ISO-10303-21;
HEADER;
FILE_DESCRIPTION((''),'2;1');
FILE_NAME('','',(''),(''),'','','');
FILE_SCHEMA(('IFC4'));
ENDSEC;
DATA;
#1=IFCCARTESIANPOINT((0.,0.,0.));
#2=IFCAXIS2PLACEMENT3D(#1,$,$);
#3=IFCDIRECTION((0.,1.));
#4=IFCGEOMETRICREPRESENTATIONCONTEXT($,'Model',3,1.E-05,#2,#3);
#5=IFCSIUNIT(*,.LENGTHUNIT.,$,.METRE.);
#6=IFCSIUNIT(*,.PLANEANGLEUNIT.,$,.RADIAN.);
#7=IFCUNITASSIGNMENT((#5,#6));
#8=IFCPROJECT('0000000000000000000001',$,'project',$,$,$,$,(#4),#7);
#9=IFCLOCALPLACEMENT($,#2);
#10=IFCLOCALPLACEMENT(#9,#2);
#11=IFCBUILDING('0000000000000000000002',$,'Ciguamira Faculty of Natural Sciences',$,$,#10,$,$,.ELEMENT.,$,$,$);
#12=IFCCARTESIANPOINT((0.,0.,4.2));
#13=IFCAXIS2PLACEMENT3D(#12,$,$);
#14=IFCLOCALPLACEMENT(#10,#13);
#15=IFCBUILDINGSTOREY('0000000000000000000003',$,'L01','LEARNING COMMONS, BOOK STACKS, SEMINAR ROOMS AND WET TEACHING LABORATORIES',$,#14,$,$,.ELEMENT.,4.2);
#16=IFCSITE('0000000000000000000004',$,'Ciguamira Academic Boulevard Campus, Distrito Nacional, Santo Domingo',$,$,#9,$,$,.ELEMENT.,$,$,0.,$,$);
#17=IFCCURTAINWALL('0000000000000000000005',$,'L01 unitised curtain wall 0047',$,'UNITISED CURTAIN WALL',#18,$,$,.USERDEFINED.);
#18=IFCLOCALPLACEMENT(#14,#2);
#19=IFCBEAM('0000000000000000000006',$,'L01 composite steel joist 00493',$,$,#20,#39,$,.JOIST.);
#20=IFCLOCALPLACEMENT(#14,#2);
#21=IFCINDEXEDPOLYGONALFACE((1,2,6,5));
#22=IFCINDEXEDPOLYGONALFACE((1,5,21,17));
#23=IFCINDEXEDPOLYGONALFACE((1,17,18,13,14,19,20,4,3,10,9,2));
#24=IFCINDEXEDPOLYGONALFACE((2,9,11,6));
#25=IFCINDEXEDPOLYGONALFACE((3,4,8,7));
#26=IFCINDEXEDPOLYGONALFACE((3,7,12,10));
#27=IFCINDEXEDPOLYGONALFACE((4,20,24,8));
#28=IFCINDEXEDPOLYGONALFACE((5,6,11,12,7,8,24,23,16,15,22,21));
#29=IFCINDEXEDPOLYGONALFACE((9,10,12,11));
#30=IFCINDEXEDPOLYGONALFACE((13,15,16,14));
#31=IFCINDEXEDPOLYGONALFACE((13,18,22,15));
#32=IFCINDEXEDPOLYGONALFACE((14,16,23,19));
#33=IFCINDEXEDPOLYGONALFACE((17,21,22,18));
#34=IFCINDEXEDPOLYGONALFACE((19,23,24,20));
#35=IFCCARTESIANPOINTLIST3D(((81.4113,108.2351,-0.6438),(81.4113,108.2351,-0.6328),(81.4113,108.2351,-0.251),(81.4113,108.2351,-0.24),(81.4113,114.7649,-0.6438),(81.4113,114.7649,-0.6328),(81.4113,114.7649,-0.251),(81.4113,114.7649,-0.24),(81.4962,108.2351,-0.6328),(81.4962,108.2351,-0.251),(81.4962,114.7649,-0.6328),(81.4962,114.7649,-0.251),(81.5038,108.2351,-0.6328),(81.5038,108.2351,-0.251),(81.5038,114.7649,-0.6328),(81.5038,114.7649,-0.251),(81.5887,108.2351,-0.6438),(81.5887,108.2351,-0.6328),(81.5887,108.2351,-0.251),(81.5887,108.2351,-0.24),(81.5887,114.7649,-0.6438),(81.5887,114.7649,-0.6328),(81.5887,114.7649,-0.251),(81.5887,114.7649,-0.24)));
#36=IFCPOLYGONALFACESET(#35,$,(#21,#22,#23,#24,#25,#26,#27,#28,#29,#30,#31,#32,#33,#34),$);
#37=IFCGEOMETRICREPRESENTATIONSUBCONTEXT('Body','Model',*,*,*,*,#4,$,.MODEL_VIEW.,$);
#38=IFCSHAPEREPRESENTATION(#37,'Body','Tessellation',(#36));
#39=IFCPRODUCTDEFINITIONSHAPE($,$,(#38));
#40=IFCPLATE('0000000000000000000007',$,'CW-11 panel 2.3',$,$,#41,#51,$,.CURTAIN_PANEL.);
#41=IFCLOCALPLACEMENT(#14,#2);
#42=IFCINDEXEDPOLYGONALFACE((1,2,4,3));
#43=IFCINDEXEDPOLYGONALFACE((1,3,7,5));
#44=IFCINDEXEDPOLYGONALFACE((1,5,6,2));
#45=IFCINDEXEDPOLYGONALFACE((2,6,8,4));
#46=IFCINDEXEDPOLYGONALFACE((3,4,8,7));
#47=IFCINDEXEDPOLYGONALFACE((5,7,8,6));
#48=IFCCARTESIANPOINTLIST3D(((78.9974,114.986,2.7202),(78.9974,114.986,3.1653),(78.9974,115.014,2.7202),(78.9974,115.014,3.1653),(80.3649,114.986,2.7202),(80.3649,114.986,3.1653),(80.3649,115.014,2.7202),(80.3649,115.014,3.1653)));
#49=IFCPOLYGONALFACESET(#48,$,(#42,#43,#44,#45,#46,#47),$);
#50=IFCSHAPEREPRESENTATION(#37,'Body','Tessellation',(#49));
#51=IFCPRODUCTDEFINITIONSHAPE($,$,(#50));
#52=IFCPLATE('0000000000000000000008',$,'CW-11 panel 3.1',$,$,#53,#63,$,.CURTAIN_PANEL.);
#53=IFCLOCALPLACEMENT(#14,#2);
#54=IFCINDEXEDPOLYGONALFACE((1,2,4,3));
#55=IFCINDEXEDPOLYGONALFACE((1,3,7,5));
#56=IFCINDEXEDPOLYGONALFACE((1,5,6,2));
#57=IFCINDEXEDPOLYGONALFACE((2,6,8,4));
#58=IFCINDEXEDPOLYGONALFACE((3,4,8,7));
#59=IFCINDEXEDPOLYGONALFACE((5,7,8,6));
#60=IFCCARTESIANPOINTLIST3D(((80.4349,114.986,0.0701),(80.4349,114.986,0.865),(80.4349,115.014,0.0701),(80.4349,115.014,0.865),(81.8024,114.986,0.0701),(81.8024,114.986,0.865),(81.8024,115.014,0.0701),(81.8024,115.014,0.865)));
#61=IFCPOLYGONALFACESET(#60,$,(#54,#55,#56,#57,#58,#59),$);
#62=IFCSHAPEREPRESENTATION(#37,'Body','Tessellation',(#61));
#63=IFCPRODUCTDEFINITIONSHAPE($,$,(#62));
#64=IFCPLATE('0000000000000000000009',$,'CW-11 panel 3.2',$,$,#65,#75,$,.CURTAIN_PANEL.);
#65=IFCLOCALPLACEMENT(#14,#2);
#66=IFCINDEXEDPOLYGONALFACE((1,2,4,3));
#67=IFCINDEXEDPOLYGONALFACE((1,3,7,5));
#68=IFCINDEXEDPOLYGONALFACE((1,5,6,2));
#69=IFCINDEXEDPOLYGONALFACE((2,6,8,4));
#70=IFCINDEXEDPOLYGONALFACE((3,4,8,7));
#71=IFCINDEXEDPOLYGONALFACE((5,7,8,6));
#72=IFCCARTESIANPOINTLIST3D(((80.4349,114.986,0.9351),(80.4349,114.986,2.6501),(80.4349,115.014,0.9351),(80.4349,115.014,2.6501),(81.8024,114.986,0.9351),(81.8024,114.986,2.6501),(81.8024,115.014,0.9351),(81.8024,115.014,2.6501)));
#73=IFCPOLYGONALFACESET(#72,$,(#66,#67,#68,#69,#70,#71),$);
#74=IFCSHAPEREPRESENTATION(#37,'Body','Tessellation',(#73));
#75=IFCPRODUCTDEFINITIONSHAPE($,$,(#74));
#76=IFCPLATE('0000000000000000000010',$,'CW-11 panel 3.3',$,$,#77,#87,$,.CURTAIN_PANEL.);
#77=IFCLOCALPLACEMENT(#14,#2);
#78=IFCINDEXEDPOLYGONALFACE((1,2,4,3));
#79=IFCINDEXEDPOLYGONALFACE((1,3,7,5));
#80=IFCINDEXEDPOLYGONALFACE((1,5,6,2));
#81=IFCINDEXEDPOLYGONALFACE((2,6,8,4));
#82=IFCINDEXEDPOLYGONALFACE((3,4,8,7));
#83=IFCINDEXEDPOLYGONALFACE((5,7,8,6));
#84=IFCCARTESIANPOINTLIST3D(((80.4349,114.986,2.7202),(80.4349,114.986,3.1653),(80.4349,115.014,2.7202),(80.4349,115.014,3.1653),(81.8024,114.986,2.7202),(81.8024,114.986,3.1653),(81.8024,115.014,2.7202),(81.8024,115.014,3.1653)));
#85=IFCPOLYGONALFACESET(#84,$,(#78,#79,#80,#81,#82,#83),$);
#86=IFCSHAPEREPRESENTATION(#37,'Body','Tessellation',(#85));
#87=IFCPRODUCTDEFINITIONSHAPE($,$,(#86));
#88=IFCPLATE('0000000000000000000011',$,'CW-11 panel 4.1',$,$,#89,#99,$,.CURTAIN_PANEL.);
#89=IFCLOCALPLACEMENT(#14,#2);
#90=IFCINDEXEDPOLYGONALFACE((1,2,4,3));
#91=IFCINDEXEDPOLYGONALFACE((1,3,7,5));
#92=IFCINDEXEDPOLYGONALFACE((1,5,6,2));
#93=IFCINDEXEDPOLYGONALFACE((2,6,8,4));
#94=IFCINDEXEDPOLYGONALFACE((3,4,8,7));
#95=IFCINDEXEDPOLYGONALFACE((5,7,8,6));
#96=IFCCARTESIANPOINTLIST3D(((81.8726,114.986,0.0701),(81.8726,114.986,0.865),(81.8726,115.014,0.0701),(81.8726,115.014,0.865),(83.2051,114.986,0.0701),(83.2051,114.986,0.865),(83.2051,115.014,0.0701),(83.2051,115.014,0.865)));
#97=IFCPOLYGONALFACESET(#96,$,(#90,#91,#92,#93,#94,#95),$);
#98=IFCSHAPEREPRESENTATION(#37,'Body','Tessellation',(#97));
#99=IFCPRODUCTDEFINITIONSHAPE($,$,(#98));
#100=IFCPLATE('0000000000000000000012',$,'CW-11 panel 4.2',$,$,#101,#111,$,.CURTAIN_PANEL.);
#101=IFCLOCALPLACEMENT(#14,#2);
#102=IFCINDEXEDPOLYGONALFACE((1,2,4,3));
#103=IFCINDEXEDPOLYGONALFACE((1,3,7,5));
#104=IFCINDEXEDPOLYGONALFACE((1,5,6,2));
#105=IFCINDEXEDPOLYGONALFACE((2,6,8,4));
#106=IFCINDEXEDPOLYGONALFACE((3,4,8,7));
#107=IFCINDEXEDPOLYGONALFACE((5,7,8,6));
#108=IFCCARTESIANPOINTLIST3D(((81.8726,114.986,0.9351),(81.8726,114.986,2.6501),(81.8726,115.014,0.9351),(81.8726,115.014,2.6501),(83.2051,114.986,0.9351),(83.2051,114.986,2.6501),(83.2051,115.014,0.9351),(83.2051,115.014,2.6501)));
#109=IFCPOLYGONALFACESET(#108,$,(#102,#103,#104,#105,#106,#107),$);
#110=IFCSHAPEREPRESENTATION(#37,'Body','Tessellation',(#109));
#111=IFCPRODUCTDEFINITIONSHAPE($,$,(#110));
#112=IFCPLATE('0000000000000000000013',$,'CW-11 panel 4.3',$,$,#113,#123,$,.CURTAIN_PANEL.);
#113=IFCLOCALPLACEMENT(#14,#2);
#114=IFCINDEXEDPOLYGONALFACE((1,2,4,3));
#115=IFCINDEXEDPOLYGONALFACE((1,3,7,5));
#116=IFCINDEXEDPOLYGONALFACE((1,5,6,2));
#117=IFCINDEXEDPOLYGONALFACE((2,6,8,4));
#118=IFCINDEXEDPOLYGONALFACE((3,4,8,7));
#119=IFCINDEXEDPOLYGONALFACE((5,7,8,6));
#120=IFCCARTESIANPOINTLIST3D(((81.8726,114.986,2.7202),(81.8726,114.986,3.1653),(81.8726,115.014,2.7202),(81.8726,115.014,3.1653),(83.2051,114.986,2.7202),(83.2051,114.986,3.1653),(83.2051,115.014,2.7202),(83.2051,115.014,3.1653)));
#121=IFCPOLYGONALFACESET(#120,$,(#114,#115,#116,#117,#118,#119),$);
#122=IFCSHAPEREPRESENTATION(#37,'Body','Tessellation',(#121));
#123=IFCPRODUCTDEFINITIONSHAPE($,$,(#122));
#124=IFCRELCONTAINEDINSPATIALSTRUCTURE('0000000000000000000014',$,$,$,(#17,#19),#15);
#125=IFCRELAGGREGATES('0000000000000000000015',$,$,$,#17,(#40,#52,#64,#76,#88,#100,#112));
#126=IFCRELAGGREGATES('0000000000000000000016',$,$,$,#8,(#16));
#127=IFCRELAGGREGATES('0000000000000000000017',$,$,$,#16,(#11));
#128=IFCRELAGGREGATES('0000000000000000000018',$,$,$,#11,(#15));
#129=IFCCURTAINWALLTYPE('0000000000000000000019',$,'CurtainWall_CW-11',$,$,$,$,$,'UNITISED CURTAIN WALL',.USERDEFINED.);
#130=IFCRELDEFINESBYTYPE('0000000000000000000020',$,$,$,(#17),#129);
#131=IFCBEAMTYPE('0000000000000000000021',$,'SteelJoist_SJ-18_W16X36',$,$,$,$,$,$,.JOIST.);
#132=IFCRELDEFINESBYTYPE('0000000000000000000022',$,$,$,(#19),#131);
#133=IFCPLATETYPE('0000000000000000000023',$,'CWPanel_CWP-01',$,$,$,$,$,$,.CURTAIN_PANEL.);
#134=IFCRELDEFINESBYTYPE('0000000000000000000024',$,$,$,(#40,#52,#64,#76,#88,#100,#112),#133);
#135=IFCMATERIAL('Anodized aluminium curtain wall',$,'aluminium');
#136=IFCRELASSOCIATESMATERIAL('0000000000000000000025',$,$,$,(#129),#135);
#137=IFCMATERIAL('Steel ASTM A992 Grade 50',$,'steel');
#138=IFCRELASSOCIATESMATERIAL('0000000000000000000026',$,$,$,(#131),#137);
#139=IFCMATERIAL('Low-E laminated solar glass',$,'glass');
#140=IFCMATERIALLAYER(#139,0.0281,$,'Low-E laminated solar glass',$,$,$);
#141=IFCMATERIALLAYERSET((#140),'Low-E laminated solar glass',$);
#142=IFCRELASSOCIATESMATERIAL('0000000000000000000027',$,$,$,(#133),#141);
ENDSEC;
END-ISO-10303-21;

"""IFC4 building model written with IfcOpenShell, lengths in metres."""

from ifc_helpers import new_model, si_unit, direction, frame, origin, origin_2d, place, context, subcontext, project, spatial, rectangle, i_section, extrude, material, layer, layer_set, material_profile, profile_set, type_object, element, aggregate, save


model = new_model("IFC4")

# Units and contexts
model_context = context("Model", 3, precision=1e-05, world=origin(), true_north=direction((0.0, 1.0)))
body_context = subcontext(model_context, "Body", "Model", "MODEL_VIEW")
ifc_project = project(units=[si_unit("LENGTHUNIT", "METRE"), si_unit("PLANEANGLEUNIT", "RADIAN")], contexts=[model_context])

# Site, building, storey
site_placement = place(None, origin())
site = spatial("IfcSite", under=ifc_project, at=site_placement, Name="Ciguamira Academic Boulevard Campus, Distrito Nacional, Santo Domingo", CompositionType="ELEMENT", RefElevation=0.0)
building_placement = place(site_placement, origin())
building = spatial("IfcBuilding", under=site, at=building_placement, Name="Ciguamira Faculty of Natural Sciences", CompositionType="ELEMENT")
storey_placement = place(building_placement, frame((0.0, 0.0, 4.2)))
storey = spatial("IfcBuildingStorey", under=building, at=storey_placement, Name="L01", Description="LEARNING COMMONS, BOOK STACKS, SEMINAR ROOMS AND WET TEACHING LABORATORIES", CompositionType="ELEMENT", Elevation=4.2)

# Curtain wall
ifc_material_1 = material(Name="Anodized aluminium curtain wall", Category="aluminium")
curtain_wall_type = type_object("IfcCurtainWallType", Name="CurtainWall_CW-11", ElementType="UNITISED CURTAIN WALL", PredefinedType="USERDEFINED", material=ifc_material_1)
curtain_wall_placement = place(storey_placement, origin())
curtain_wall = element("IfcCurtainWall", 1, at=curtain_wall_placement, inside=storey, type_object=curtain_wall_type, Name="L01 unitised curtain wall 0047", ObjectType="UNITISED CURTAIN WALL", PredefinedType="USERDEFINED")

# Beam
ifc_material_2 = material(Name="Steel ASTM A992 Grade 50", Category="steel")
ifc_material_profile_1 = material_profile(ifc_material_2, i_section(OverallWidth=0.1775, OverallDepth=0.4038, WebThickness=0.0076, FlangeThickness=0.011, at=origin_2d()), Name="W16X36")
ifc_profile_set_1 = profile_set([ifc_material_profile_1], Name="Steel ASTM A992 Grade 50")
beam_type_1 = type_object("IfcBeamType", Name="SteelJoist_SJ-18_W16X36", PredefinedType="JOIST", material=ifc_profile_set_1)
beam_1_placement = place(storey_placement, frame((81.5, 108.2351, -0.4419), z_axis=(0.0, 1.0, 0.0), x_axis=(-1.0, 0.0, 0.0)))
element("IfcBeam", 2, at=beam_1_placement, inside=storey, type_object=beam_type_1, Name="L01 composite steel joist 00493", PredefinedType="JOIST", context=body_context, shape_type="SweptSolid", body=[
    extrude(i_section(OverallWidth=0.1775, OverallDepth=0.4038, WebThickness=0.0076, FlangeThickness=0.011, at=origin_2d()), origin(), (0.0, 0.0, 1.0), 6.5298),
])

# Plates
ifc_material_3 = material(Name="Low-E laminated solar glass", Category="glass")
ifc_layer = layer(ifc_material_3, 0.0281, Name="Low-E laminated solar glass")
ifc_layer_set = layer_set([ifc_layer], Name="Low-E laminated solar glass")
plate_type = type_object("IfcPlateType", Name="CWPanel_CWP-01", PredefinedType="CURTAIN_PANEL", material=ifc_layer_set)
plate_1_placement = place(storey_placement, frame((79.6812, 115.0, 2.7202), z_axis=(0.0, 0.0, 1.0), x_axis=(1.0, 0.0, 0.0)))
plate_1 = element("IfcPlate", 3, at=plate_1_placement, type_object=plate_type, Name="CW-11 panel 2.3", PredefinedType="CURTAIN_PANEL", context=body_context, shape_type="SweptSolid", body=[
    extrude(rectangle(XDim=1.3674, YDim=0.0281, at=origin_2d()), origin(), (0.0, 0.0, 1.0), 0.4451),
])
plate_2_placement = place(storey_placement, frame((81.1187, 115.0, 0.0701), z_axis=(0.0, 0.0, 1.0), x_axis=(1.0, 0.0, 0.0)))
plate_2 = element("IfcPlate", 4, at=plate_2_placement, type_object=plate_type, Name="CW-11 panel 3.1", PredefinedType="CURTAIN_PANEL", context=body_context, shape_type="SweptSolid", body=[
    extrude(rectangle(XDim=1.3674, YDim=0.0281, at=origin_2d()), origin(), (0.0, 0.0, 1.0), 0.7949),
])
plate_3_placement = place(storey_placement, frame((81.1187, 115.0, 0.9351), z_axis=(0.0, 0.0, 1.0), x_axis=(1.0, 0.0, 0.0)))
plate_3 = element("IfcPlate", 5, at=plate_3_placement, type_object=plate_type, Name="CW-11 panel 3.2", PredefinedType="CURTAIN_PANEL", context=body_context, shape_type="SweptSolid", body=[
    extrude(rectangle(XDim=1.3674, YDim=0.0281, at=origin_2d()), origin(), (0.0, 0.0, 1.0), 1.7151),
])
plate_4_placement = place(storey_placement, frame((81.1187, 115.0, 2.7202), z_axis=(0.0, 0.0, 1.0), x_axis=(1.0, 0.0, 0.0)))
plate_4 = element("IfcPlate", 6, at=plate_4_placement, type_object=plate_type, Name="CW-11 panel 3.3", PredefinedType="CURTAIN_PANEL", context=body_context, shape_type="SweptSolid", body=[
    extrude(rectangle(XDim=1.3674, YDim=0.0281, at=origin_2d()), origin(), (0.0, 0.0, 1.0), 0.4451),
])
plate_5_placement = place(storey_placement, frame((82.5388, 115.0, 0.0701), z_axis=(0.0, 0.0, 1.0), x_axis=(1.0, 0.0, 0.0)))
plate_5 = element("IfcPlate", 7, at=plate_5_placement, type_object=plate_type, Name="CW-11 panel 4.1", PredefinedType="CURTAIN_PANEL", context=body_context, shape_type="SweptSolid", body=[
    extrude(rectangle(XDim=1.3325, YDim=0.0281, at=origin_2d()), origin(), (0.0, 0.0, 1.0), 0.7949),
])
plate_6_placement = place(storey_placement, frame((82.5388, 115.0, 0.9351), z_axis=(0.0, 0.0, 1.0), x_axis=(1.0, 0.0, 0.0)))
plate_6 = element("IfcPlate", 8, at=plate_6_placement, type_object=plate_type, Name="CW-11 panel 4.2", PredefinedType="CURTAIN_PANEL", context=body_context, shape_type="SweptSolid", body=[
    extrude(rectangle(XDim=1.3325, YDim=0.0281, at=origin_2d()), origin(), (0.0, 0.0, 1.0), 1.7151),
])
plate_7_placement = place(storey_placement, frame((82.5388, 115.0, 2.7202), z_axis=(0.0, 0.0, 1.0), x_axis=(1.0, 0.0, 0.0)))
plate_7 = element("IfcPlate", 9, at=plate_7_placement, type_object=plate_type, Name="CW-11 panel 4.3", PredefinedType="CURTAIN_PANEL", context=body_context, shape_type="SweptSolid", body=[
    extrude(rectangle(XDim=1.3325, YDim=0.0281, at=origin_2d()), origin(), (0.0, 0.0, 1.0), 0.4451),
])
aggregate(curtain_wall, [plate_1, plate_2, plate_3, plate_4, plate_5, plate_6, plate_7])

save(model, "model.ifc")
